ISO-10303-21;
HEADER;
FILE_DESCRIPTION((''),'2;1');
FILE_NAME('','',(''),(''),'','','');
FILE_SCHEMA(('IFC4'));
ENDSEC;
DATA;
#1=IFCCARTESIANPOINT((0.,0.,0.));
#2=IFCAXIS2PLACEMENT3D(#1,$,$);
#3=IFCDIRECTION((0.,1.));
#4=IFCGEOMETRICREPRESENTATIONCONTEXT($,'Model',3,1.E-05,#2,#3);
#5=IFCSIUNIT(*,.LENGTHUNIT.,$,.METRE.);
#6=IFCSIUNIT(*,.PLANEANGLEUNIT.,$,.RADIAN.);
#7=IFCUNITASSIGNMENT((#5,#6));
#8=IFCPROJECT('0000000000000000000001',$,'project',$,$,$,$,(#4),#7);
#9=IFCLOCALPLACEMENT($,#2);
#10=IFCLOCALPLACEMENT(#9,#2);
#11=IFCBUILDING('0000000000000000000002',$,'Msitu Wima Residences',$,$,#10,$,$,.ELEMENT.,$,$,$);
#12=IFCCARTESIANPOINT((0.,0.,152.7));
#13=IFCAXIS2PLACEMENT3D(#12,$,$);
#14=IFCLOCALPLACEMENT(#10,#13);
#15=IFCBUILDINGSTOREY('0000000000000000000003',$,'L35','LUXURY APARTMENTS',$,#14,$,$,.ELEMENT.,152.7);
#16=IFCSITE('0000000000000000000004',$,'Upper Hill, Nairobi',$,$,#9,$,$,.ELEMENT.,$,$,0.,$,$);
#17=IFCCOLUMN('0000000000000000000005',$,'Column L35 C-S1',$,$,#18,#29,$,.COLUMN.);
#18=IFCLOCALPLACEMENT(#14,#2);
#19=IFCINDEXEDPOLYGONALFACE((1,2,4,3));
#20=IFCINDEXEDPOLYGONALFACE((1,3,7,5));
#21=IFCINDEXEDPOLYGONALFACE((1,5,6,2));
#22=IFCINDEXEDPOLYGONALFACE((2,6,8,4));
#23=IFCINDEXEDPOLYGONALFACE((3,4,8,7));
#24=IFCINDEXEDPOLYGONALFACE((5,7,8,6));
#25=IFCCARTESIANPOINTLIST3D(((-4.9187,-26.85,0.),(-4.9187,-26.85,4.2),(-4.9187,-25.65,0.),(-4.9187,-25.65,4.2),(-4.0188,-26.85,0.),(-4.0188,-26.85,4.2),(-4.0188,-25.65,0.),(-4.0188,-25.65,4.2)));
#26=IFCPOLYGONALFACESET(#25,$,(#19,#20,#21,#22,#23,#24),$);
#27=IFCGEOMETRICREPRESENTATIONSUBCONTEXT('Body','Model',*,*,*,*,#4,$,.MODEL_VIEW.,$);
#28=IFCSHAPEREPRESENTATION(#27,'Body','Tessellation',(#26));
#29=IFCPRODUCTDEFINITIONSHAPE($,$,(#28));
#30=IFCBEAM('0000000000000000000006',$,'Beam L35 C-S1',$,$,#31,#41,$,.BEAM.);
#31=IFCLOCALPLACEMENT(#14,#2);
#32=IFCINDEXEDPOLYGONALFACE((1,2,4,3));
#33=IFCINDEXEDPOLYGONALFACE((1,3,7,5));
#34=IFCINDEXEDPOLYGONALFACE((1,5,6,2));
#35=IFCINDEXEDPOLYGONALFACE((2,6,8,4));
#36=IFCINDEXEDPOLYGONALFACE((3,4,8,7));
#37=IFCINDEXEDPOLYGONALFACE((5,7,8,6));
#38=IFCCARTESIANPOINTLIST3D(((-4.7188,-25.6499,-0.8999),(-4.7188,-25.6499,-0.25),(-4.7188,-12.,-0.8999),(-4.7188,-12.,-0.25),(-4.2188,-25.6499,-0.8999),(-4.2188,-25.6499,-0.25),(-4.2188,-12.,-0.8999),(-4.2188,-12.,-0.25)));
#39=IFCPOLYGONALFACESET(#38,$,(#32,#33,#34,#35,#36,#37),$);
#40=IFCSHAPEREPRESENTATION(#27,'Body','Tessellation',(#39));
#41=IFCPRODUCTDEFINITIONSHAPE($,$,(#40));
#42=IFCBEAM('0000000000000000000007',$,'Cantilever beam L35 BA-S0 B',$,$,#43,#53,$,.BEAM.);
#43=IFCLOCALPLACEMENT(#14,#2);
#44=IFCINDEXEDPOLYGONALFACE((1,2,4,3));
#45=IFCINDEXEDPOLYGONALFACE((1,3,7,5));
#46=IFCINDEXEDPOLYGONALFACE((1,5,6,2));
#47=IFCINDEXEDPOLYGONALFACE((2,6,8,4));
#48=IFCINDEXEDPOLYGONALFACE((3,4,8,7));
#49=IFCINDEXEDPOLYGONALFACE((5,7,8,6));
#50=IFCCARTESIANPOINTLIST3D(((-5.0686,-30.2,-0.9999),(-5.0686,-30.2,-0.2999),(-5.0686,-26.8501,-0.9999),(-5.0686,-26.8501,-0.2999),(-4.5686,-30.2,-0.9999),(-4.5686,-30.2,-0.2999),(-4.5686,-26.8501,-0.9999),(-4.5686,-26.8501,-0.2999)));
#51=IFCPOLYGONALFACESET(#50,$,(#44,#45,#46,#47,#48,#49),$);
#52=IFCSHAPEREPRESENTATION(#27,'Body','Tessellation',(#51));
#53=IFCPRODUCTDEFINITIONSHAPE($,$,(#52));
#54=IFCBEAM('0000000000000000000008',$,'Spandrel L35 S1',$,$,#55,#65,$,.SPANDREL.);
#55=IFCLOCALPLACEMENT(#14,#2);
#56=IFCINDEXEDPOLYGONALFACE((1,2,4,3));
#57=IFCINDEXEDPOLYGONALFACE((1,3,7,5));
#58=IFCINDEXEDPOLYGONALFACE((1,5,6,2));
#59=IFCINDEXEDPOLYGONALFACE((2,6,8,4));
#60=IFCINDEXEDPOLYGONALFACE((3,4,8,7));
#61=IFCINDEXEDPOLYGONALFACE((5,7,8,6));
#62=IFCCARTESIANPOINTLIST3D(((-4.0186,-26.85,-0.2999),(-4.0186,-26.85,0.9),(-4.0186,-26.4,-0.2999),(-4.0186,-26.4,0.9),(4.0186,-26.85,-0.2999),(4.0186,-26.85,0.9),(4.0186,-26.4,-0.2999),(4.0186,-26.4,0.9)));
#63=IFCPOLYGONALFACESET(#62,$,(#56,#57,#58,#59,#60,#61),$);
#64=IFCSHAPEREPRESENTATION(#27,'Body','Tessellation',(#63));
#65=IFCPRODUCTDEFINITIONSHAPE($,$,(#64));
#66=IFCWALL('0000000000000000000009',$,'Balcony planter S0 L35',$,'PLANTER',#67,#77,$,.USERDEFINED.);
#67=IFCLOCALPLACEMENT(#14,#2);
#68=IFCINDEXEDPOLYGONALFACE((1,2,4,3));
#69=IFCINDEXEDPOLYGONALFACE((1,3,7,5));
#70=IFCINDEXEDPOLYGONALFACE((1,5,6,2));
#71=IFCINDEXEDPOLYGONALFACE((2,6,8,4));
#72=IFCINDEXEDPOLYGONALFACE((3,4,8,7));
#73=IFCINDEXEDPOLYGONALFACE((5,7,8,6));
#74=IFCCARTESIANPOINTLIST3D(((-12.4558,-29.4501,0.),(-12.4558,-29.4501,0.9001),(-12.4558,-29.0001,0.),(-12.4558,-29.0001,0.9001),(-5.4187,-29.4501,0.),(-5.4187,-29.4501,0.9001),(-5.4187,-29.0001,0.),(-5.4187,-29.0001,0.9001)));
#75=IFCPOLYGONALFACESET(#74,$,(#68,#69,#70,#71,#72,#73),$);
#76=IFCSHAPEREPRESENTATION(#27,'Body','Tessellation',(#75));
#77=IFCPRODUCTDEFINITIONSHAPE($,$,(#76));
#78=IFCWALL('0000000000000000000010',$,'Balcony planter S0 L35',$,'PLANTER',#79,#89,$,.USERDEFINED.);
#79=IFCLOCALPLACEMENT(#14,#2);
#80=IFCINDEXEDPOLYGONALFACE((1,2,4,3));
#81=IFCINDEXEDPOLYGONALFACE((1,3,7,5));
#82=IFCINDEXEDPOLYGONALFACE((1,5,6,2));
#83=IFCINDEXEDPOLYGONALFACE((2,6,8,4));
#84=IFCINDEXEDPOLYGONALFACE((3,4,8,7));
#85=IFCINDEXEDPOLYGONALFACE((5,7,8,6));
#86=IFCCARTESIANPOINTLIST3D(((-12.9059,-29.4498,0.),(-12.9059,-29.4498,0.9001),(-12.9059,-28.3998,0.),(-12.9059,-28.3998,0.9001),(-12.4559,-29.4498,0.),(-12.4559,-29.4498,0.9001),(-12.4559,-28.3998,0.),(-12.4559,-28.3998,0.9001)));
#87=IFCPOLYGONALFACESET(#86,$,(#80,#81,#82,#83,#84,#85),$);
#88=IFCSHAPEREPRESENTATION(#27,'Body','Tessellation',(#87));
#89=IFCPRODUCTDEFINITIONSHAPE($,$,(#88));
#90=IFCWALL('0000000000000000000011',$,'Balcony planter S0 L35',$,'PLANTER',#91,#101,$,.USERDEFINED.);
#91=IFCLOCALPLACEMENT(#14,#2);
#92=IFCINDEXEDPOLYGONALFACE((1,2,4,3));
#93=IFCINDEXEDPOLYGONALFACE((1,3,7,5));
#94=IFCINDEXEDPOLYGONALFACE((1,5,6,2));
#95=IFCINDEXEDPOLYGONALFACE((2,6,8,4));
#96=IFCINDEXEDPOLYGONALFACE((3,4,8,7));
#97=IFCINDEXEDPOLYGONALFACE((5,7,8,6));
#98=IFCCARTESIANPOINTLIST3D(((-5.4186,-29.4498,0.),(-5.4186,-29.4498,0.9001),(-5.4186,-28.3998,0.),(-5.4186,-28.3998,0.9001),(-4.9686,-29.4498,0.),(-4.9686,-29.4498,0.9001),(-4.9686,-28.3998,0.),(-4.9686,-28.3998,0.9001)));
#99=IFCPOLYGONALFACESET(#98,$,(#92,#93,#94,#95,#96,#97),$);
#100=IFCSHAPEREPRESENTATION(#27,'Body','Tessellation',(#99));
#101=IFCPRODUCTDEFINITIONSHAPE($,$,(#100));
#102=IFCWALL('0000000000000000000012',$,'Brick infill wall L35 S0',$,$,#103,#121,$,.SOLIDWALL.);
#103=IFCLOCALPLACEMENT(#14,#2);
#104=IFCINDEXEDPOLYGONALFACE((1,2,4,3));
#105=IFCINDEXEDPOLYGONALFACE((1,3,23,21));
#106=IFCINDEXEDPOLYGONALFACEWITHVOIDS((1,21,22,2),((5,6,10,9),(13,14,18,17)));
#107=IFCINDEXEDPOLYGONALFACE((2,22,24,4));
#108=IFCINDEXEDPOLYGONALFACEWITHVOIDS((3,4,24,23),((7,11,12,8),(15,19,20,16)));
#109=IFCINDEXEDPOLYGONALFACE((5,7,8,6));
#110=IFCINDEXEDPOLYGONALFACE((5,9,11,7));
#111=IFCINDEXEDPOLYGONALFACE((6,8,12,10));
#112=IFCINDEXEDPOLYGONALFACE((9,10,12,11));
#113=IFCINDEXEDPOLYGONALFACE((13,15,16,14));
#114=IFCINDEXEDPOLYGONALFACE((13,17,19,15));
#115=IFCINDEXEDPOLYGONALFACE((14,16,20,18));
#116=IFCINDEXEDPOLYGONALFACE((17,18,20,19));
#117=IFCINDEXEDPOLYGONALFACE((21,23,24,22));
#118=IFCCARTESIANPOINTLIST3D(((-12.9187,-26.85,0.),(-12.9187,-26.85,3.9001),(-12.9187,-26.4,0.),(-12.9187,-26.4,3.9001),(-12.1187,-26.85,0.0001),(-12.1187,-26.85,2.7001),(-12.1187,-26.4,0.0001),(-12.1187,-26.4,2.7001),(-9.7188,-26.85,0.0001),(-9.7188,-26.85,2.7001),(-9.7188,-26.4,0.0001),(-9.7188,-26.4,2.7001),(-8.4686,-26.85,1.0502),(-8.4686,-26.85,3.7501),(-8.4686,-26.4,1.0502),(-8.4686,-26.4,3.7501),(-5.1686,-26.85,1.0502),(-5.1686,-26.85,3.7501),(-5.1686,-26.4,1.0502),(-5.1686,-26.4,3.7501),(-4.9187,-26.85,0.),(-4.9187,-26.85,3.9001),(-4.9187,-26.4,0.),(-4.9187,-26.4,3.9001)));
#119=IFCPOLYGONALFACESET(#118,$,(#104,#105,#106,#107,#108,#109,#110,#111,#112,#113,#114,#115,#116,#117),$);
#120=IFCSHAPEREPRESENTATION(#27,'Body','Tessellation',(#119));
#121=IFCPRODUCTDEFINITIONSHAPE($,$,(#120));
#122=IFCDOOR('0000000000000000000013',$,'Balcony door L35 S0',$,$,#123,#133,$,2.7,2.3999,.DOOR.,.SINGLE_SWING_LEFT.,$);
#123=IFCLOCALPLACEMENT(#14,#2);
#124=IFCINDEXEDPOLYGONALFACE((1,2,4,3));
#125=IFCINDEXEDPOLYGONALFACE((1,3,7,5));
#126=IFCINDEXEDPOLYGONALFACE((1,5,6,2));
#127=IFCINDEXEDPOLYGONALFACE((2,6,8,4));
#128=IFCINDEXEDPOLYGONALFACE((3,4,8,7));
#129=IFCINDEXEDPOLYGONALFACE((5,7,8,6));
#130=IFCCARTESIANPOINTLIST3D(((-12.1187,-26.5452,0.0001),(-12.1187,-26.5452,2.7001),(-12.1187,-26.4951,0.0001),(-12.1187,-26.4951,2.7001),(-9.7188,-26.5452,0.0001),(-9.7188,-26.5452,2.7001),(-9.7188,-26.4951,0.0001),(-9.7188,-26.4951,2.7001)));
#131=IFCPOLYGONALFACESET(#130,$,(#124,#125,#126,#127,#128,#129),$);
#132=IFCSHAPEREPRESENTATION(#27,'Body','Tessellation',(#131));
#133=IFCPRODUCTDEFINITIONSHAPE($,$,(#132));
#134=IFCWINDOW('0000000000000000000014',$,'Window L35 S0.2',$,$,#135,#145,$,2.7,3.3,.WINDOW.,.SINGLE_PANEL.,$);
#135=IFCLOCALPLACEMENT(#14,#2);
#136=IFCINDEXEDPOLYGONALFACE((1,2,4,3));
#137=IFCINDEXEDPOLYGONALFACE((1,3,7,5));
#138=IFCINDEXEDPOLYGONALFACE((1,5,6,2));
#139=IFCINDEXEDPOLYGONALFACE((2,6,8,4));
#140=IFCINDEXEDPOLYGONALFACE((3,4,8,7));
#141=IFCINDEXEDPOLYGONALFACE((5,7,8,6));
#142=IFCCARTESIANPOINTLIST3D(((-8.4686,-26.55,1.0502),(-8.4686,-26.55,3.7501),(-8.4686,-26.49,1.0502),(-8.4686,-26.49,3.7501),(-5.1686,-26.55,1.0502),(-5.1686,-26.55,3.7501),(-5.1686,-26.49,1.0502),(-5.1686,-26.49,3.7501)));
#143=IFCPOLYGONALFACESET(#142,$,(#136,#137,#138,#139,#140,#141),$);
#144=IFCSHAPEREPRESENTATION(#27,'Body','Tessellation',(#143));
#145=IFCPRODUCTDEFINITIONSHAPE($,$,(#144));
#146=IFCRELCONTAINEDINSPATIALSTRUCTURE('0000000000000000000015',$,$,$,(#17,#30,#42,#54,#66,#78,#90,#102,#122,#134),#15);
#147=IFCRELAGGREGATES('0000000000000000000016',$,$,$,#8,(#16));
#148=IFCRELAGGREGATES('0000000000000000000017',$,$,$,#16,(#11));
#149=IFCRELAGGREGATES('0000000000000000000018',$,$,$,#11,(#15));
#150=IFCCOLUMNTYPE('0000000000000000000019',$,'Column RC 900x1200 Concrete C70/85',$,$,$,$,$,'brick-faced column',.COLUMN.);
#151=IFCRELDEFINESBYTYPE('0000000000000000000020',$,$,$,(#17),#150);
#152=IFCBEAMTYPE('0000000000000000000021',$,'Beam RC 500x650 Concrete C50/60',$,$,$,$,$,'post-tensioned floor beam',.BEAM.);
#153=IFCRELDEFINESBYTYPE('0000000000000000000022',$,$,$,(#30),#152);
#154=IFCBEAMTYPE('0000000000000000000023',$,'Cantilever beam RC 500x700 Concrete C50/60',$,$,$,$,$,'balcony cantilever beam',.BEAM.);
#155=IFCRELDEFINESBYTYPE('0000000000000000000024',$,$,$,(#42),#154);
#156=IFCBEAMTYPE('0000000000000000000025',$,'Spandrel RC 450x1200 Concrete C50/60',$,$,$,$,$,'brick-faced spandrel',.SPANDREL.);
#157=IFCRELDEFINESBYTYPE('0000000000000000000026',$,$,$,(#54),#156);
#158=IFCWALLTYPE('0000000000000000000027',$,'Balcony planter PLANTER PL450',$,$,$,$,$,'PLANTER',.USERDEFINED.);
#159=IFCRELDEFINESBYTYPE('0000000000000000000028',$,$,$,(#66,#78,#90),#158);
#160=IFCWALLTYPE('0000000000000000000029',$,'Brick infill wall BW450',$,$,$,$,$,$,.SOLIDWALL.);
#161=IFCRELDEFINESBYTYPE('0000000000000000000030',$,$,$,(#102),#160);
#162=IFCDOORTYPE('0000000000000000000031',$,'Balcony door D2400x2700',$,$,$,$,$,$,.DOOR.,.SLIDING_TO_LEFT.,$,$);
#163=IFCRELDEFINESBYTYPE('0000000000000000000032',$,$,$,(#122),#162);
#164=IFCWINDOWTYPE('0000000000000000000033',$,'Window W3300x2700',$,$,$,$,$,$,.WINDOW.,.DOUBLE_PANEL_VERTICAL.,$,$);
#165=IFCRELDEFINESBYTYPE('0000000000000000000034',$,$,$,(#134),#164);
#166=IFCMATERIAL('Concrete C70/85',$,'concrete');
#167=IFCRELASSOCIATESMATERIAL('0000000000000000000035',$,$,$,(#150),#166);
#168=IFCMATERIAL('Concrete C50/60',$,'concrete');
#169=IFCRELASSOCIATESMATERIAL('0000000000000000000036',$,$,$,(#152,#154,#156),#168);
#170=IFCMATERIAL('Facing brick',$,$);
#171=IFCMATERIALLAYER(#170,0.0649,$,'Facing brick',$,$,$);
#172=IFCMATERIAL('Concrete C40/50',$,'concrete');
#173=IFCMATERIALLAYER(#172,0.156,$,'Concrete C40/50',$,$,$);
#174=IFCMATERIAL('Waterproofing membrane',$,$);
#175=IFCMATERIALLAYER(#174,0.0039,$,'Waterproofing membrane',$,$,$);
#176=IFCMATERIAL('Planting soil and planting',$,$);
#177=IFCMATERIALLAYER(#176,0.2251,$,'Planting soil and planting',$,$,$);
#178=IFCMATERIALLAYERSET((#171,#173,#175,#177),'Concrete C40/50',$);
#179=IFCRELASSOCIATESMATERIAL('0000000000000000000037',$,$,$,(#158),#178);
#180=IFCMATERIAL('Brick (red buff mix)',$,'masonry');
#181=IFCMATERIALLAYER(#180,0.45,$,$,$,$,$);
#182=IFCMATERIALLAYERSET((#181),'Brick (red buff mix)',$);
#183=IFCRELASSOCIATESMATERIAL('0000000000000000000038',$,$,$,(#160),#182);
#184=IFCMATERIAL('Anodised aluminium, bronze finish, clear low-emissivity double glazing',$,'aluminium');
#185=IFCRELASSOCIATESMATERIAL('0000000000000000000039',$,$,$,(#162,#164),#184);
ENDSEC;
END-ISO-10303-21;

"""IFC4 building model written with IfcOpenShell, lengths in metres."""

from ifc_helpers import new_model, si_unit, direction, frame, frame_2d, origin, origin_2d, place, context, subcontext, project, spatial, rectangle, extrude, material, layer, layer_set, material_profile, profile_set, type_object, element, fill, save


model = new_model("IFC4")

# Units and contexts
model_context = context("Model", 3, precision=1e-05, world=origin(), true_north=direction((0.0, 1.0)))
body_context = subcontext(model_context, "Body", "Model", "MODEL_VIEW")
ifc_project = project(units=[si_unit("LENGTHUNIT", "METRE"), si_unit("PLANEANGLEUNIT", "RADIAN")], contexts=[model_context])

# Site, building, storey
site_placement = place(None, origin())
site = spatial("IfcSite", under=ifc_project, at=site_placement, Name="Upper Hill, Nairobi", CompositionType="ELEMENT", RefElevation=0.0)
building_placement = place(site_placement, origin())
building = spatial("IfcBuilding", under=site, at=building_placement, Name="Msitu Wima Residences", CompositionType="ELEMENT")
storey_placement = place(building_placement, frame((0.0, 0.0, 152.7)))
storey = spatial("IfcBuildingStorey", under=building, at=storey_placement, Name="L35", Description="LUXURY APARTMENTS", CompositionType="ELEMENT", Elevation=152.7)

# Column
ifc_material_1 = material(Name="Concrete C70/85", Category="concrete")
ifc_material_profile_1 = material_profile(ifc_material_1, rectangle(XDim=0.8999, YDim=1.2, at=origin_2d()), Name="RC 900x1200")
ifc_profile_set_1 = profile_set([ifc_material_profile_1], Name="Concrete C70/85")
column_type = type_object("IfcColumnType", Name="Column RC 900x1200 Concrete C70/85", ElementType="brick-faced column", PredefinedType="COLUMN", material=ifc_profile_set_1)
column_placement = place(storey_placement, frame((-4.4688, -26.25, 0.0), z_axis=(0.0, 0.0, 1.0), x_axis=(1.0, 0.0, 0.0)))
element("IfcColumn", 1, at=column_placement, inside=storey, type_object=column_type, Name="Column L35 C-S1", PredefinedType="COLUMN", context=body_context, shape_type="SweptSolid", body=[
    extrude(rectangle(XDim=0.8999, YDim=1.2, at=origin_2d()), origin(), (0.0, 0.0, 1.0), 4.2),
])

# Beams
ifc_material_2 = material(Name="Concrete C50/60", Category="concrete")
ifc_material_profile_2 = material_profile(ifc_material_2, rectangle(XDim=0.5, YDim=0.6499, at=origin_2d()), Name="RC 500x650")
ifc_profile_set_2 = profile_set([ifc_material_profile_2], Name="Concrete C50/60")
beam_type_1 = type_object("IfcBeamType", Name="Beam RC 500x650 Concrete C50/60", ElementType="post-tensioned floor beam", PredefinedType="BEAM", material=ifc_profile_set_2)
beam_1_placement = place(storey_placement, frame((-4.4688, -25.6499, -0.575), z_axis=(0.0, 1.0, 0.0), x_axis=(-1.0, 0.0, 0.0)))
element("IfcBeam", 2, at=beam_1_placement, inside=storey, type_object=beam_type_1, Name="Beam L35 C-S1", PredefinedType="BEAM", context=body_context, shape_type="SweptSolid", body=[
    extrude(rectangle(XDim=0.5, YDim=0.6499, at=origin_2d()), origin(), (0.0, 0.0, 1.0), 13.6499),
])
ifc_material_profile_3 = material_profile(ifc_material_2, rectangle(XDim=0.5, YDim=0.7, at=origin_2d()), Name="RC 500x700")
ifc_profile_set_3 = profile_set([ifc_material_profile_3], Name="Concrete C50/60")
beam_type_2 = type_object("IfcBeamType", Name="Cantilever beam RC 500x700 Concrete C50/60", ElementType="balcony cantilever beam", PredefinedType="BEAM", material=ifc_profile_set_3)
beam_2_placement = place(storey_placement, frame((-4.8186, -26.8501, -0.6499), z_axis=(0.0, -1.0, 0.0), x_axis=(1.0, 0.0, 0.0)))
element("IfcBeam", 3, at=beam_2_placement, inside=storey, type_object=beam_type_2, Name="Cantilever beam L35 BA-S0 B", PredefinedType="BEAM", context=body_context, shape_type="SweptSolid", body=[
    extrude(rectangle(XDim=0.5, YDim=0.7, at=origin_2d()), origin(), (0.0, 0.0, 1.0), 3.3499),
])
ifc_material_profile_4 = material_profile(ifc_material_2, rectangle(XDim=0.45, YDim=1.2, at=origin_2d()), Name="RC 450x1200")
ifc_profile_set_4 = profile_set([ifc_material_profile_4], Name="Concrete C50/60")
beam_type_3 = type_object("IfcBeamType", Name="Spandrel RC 450x1200 Concrete C50/60", ElementType="brick-faced spandrel", PredefinedType="SPANDREL", material=ifc_profile_set_4)
beam_3_placement = place(storey_placement, frame((-4.0186, -26.625, 0.3), z_axis=(1.0, 0.0, 0.0), x_axis=(0.0, 1.0, 0.0)))
element("IfcBeam", 4, at=beam_3_placement, inside=storey, type_object=beam_type_3, Name="Spandrel L35 S1", PredefinedType="SPANDREL", context=body_context, shape_type="SweptSolid", body=[
    extrude(rectangle(XDim=0.45, YDim=1.2, at=origin_2d()), origin(), (0.0, 0.0, 1.0), 8.0371),
])

# Walls
ifc_material_3 = material(Name="Facing brick")
ifc_layer_1 = layer(ifc_material_3, 0.0649, Name="Facing brick")
ifc_material_4 = material(Name="Concrete C40/50", Category="concrete")
ifc_layer_2 = layer(ifc_material_4, 0.156, Name="Concrete C40/50")
ifc_material_5 = material(Name="Waterproofing membrane")
ifc_layer_3 = layer(ifc_material_5, 0.0039, Name="Waterproofing membrane")
ifc_material_6 = material(Name="Planting soil and planting")
ifc_layer_4 = layer(ifc_material_6, 0.2251, Name="Planting soil and planting")
ifc_layer_set_1 = layer_set([ifc_layer_1, ifc_layer_2, ifc_layer_3, ifc_layer_4], Name="Concrete C40/50")
wall_type_1 = type_object("IfcWallType", Name="Balcony planter PLANTER PL450", ElementType="PLANTER", PredefinedType="USERDEFINED", material=ifc_layer_set_1)
wall_1_placement = place(storey_placement, frame((-12.4558, -29.2251, 0.0), z_axis=(0.0, 0.0, 1.0), x_axis=(1.0, 0.0, 0.0)))
element("IfcWall", 5, at=wall_1_placement, inside=storey, type_object=wall_type_1, Name="Balcony planter S0 L35", ObjectType="PLANTER", PredefinedType="USERDEFINED", context=body_context, shape_type="SweptSolid", body=[
    extrude(rectangle(XDim=7.0371, YDim=0.45, at=frame_2d((3.5186, 0.0))), origin(), (0.0, 0.0, 1.0), 0.9001),
])
for number, where, z_axis, x_axis, name in (
    (6, (-12.6809, -28.3999, 0.0), (0.0, 0.0, 1.0), (0.0, -1.0, 0.0), "Balcony planter S0 L35"),
    (7, (-5.1936, -28.3999, 0.0), (0.0, 0.0, 1.0), (0.0, -1.0, 0.0), "Balcony planter S0 L35"),
):
    element("IfcWall", number, at=place(storey_placement, frame(where, z_axis=z_axis, x_axis=x_axis)), inside=storey, type_object=wall_type_1, Name=name, ObjectType="PLANTER", PredefinedType="USERDEFINED", context=body_context, shape_type="SweptSolid", body=[
        extrude(rectangle(XDim=1.05, YDim=0.45, at=frame_2d((0.5249, 0.0))), origin(), (0.0, 0.0, 1.0), 0.9001),
    ])

# Wall, openings, door, window
ifc_material_7 = material(Name="Brick (red buff mix)", Category="masonry")
ifc_layer_5 = layer(ifc_material_7, 0.45)
ifc_layer_set_2 = layer_set([ifc_layer_5], Name="Brick (red buff mix)")
wall_type_2 = type_object("IfcWallType", Name="Brick infill wall BW450", PredefinedType="SOLIDWALL", material=ifc_layer_set_2)
wall_2_placement = place(storey_placement, frame((-12.9187, -26.625, 0.0), z_axis=(0.0, 0.0, 1.0), x_axis=(1.0, 0.0, 0.0)))
wall_2 = element("IfcWall", 8, at=wall_2_placement, inside=storey, type_object=wall_type_2, Name="Brick infill wall L35 S0", PredefinedType="SOLIDWALL", context=body_context, shape_type="SweptSolid", body=[
    extrude(rectangle(XDim=8.0, YDim=0.45, at=frame_2d((4.0, 0.0))), origin(), (0.0, 0.0, 1.0), 3.9001),
])
opening_1_placement = place(wall_2_placement, frame((0.8, 0.0, 0.0)))
opening_1 = element("IfcOpeningElement", 9, at=opening_1_placement, cuts=wall_2, PredefinedType="OPENING", context=body_context, shape_type="SweptSolid", body=[
    extrude(rectangle(XDim=2.3999, YDim=2.7, at=frame_2d((1.2, 1.3501))), frame((0.0, 0.2349, 0.0), z_axis=(0.0, -1.0, 0.0), x_axis=(1.0, 0.0, 0.0)), (0.0, 0.0, 1.0), 0.47),
])
opening_2_placement = place(wall_2_placement, frame((4.4502, 0.0, 1.05)))
opening_2 = element("IfcOpeningElement", 10, at=opening_2_placement, cuts=wall_2, PredefinedType="OPENING", context=body_context, shape_type="SweptSolid", body=[
    extrude(rectangle(XDim=3.3, YDim=2.7, at=frame_2d((1.6499, 1.3501))), frame((0.0, 0.2349, 0.0), z_axis=(0.0, -1.0, 0.0), x_axis=(1.0, 0.0, 0.0)), (0.0, 0.0, 1.0), 0.47),
])
ifc_material_8 = material(Name="Anodised aluminium, bronze finish, clear low-emissivity double glazing", Category="aluminium")
door_type_1 = type_object("IfcDoorType", Name="Balcony door D2400x2700", OperationType="SLIDING_TO_LEFT", PredefinedType="DOOR", material=ifc_material_8)
door_1_placement = place(opening_1_placement, origin())
door_1 = element("IfcDoor", 11, at=door_1_placement, inside=storey, type_object=door_type_1, Name="Balcony door L35 S0", OperationType="SINGLE_SWING_LEFT", OverallHeight=2.7, OverallWidth=2.3999, PredefinedType="DOOR", context=body_context, shape_type="SweptSolid", body=[
    extrude(rectangle(XDim=2.3999, YDim=2.7, at=frame_2d((1.2, 1.3501))), frame((0.0, 0.1299, 0.0), z_axis=(0.0, -1.0, 0.0), x_axis=(1.0, 0.0, 0.0)), (0.0, 0.0, 1.0), 0.05),
])
fill(opening_1, door_1)
window_type = type_object("IfcWindowType", Name="Window W3300x2700", PartitioningType="DOUBLE_PANEL_VERTICAL", PredefinedType="WINDOW", material=ifc_material_8)
window_1_placement = place(opening_2_placement, origin())
window_1 = element("IfcWindow", 12, at=window_1_placement, inside=storey, type_object=window_type, Name="Window L35 S0.2", OverallHeight=2.7, OverallWidth=3.3, PartitioningType="SINGLE_PANEL", PredefinedType="WINDOW", context=body_context, shape_type="SweptSolid", body=[
    extrude(rectangle(XDim=3.3, YDim=2.7, at=frame_2d((1.6499, 1.3501))), frame((0.0, 0.135, 0.0), z_axis=(0.0, -1.0, 0.0), x_axis=(1.0, 0.0, 0.0)), (0.0, 0.0, 1.0), 0.0601),
])
fill(opening_2, window_1)

save(model, "model.ifc")
